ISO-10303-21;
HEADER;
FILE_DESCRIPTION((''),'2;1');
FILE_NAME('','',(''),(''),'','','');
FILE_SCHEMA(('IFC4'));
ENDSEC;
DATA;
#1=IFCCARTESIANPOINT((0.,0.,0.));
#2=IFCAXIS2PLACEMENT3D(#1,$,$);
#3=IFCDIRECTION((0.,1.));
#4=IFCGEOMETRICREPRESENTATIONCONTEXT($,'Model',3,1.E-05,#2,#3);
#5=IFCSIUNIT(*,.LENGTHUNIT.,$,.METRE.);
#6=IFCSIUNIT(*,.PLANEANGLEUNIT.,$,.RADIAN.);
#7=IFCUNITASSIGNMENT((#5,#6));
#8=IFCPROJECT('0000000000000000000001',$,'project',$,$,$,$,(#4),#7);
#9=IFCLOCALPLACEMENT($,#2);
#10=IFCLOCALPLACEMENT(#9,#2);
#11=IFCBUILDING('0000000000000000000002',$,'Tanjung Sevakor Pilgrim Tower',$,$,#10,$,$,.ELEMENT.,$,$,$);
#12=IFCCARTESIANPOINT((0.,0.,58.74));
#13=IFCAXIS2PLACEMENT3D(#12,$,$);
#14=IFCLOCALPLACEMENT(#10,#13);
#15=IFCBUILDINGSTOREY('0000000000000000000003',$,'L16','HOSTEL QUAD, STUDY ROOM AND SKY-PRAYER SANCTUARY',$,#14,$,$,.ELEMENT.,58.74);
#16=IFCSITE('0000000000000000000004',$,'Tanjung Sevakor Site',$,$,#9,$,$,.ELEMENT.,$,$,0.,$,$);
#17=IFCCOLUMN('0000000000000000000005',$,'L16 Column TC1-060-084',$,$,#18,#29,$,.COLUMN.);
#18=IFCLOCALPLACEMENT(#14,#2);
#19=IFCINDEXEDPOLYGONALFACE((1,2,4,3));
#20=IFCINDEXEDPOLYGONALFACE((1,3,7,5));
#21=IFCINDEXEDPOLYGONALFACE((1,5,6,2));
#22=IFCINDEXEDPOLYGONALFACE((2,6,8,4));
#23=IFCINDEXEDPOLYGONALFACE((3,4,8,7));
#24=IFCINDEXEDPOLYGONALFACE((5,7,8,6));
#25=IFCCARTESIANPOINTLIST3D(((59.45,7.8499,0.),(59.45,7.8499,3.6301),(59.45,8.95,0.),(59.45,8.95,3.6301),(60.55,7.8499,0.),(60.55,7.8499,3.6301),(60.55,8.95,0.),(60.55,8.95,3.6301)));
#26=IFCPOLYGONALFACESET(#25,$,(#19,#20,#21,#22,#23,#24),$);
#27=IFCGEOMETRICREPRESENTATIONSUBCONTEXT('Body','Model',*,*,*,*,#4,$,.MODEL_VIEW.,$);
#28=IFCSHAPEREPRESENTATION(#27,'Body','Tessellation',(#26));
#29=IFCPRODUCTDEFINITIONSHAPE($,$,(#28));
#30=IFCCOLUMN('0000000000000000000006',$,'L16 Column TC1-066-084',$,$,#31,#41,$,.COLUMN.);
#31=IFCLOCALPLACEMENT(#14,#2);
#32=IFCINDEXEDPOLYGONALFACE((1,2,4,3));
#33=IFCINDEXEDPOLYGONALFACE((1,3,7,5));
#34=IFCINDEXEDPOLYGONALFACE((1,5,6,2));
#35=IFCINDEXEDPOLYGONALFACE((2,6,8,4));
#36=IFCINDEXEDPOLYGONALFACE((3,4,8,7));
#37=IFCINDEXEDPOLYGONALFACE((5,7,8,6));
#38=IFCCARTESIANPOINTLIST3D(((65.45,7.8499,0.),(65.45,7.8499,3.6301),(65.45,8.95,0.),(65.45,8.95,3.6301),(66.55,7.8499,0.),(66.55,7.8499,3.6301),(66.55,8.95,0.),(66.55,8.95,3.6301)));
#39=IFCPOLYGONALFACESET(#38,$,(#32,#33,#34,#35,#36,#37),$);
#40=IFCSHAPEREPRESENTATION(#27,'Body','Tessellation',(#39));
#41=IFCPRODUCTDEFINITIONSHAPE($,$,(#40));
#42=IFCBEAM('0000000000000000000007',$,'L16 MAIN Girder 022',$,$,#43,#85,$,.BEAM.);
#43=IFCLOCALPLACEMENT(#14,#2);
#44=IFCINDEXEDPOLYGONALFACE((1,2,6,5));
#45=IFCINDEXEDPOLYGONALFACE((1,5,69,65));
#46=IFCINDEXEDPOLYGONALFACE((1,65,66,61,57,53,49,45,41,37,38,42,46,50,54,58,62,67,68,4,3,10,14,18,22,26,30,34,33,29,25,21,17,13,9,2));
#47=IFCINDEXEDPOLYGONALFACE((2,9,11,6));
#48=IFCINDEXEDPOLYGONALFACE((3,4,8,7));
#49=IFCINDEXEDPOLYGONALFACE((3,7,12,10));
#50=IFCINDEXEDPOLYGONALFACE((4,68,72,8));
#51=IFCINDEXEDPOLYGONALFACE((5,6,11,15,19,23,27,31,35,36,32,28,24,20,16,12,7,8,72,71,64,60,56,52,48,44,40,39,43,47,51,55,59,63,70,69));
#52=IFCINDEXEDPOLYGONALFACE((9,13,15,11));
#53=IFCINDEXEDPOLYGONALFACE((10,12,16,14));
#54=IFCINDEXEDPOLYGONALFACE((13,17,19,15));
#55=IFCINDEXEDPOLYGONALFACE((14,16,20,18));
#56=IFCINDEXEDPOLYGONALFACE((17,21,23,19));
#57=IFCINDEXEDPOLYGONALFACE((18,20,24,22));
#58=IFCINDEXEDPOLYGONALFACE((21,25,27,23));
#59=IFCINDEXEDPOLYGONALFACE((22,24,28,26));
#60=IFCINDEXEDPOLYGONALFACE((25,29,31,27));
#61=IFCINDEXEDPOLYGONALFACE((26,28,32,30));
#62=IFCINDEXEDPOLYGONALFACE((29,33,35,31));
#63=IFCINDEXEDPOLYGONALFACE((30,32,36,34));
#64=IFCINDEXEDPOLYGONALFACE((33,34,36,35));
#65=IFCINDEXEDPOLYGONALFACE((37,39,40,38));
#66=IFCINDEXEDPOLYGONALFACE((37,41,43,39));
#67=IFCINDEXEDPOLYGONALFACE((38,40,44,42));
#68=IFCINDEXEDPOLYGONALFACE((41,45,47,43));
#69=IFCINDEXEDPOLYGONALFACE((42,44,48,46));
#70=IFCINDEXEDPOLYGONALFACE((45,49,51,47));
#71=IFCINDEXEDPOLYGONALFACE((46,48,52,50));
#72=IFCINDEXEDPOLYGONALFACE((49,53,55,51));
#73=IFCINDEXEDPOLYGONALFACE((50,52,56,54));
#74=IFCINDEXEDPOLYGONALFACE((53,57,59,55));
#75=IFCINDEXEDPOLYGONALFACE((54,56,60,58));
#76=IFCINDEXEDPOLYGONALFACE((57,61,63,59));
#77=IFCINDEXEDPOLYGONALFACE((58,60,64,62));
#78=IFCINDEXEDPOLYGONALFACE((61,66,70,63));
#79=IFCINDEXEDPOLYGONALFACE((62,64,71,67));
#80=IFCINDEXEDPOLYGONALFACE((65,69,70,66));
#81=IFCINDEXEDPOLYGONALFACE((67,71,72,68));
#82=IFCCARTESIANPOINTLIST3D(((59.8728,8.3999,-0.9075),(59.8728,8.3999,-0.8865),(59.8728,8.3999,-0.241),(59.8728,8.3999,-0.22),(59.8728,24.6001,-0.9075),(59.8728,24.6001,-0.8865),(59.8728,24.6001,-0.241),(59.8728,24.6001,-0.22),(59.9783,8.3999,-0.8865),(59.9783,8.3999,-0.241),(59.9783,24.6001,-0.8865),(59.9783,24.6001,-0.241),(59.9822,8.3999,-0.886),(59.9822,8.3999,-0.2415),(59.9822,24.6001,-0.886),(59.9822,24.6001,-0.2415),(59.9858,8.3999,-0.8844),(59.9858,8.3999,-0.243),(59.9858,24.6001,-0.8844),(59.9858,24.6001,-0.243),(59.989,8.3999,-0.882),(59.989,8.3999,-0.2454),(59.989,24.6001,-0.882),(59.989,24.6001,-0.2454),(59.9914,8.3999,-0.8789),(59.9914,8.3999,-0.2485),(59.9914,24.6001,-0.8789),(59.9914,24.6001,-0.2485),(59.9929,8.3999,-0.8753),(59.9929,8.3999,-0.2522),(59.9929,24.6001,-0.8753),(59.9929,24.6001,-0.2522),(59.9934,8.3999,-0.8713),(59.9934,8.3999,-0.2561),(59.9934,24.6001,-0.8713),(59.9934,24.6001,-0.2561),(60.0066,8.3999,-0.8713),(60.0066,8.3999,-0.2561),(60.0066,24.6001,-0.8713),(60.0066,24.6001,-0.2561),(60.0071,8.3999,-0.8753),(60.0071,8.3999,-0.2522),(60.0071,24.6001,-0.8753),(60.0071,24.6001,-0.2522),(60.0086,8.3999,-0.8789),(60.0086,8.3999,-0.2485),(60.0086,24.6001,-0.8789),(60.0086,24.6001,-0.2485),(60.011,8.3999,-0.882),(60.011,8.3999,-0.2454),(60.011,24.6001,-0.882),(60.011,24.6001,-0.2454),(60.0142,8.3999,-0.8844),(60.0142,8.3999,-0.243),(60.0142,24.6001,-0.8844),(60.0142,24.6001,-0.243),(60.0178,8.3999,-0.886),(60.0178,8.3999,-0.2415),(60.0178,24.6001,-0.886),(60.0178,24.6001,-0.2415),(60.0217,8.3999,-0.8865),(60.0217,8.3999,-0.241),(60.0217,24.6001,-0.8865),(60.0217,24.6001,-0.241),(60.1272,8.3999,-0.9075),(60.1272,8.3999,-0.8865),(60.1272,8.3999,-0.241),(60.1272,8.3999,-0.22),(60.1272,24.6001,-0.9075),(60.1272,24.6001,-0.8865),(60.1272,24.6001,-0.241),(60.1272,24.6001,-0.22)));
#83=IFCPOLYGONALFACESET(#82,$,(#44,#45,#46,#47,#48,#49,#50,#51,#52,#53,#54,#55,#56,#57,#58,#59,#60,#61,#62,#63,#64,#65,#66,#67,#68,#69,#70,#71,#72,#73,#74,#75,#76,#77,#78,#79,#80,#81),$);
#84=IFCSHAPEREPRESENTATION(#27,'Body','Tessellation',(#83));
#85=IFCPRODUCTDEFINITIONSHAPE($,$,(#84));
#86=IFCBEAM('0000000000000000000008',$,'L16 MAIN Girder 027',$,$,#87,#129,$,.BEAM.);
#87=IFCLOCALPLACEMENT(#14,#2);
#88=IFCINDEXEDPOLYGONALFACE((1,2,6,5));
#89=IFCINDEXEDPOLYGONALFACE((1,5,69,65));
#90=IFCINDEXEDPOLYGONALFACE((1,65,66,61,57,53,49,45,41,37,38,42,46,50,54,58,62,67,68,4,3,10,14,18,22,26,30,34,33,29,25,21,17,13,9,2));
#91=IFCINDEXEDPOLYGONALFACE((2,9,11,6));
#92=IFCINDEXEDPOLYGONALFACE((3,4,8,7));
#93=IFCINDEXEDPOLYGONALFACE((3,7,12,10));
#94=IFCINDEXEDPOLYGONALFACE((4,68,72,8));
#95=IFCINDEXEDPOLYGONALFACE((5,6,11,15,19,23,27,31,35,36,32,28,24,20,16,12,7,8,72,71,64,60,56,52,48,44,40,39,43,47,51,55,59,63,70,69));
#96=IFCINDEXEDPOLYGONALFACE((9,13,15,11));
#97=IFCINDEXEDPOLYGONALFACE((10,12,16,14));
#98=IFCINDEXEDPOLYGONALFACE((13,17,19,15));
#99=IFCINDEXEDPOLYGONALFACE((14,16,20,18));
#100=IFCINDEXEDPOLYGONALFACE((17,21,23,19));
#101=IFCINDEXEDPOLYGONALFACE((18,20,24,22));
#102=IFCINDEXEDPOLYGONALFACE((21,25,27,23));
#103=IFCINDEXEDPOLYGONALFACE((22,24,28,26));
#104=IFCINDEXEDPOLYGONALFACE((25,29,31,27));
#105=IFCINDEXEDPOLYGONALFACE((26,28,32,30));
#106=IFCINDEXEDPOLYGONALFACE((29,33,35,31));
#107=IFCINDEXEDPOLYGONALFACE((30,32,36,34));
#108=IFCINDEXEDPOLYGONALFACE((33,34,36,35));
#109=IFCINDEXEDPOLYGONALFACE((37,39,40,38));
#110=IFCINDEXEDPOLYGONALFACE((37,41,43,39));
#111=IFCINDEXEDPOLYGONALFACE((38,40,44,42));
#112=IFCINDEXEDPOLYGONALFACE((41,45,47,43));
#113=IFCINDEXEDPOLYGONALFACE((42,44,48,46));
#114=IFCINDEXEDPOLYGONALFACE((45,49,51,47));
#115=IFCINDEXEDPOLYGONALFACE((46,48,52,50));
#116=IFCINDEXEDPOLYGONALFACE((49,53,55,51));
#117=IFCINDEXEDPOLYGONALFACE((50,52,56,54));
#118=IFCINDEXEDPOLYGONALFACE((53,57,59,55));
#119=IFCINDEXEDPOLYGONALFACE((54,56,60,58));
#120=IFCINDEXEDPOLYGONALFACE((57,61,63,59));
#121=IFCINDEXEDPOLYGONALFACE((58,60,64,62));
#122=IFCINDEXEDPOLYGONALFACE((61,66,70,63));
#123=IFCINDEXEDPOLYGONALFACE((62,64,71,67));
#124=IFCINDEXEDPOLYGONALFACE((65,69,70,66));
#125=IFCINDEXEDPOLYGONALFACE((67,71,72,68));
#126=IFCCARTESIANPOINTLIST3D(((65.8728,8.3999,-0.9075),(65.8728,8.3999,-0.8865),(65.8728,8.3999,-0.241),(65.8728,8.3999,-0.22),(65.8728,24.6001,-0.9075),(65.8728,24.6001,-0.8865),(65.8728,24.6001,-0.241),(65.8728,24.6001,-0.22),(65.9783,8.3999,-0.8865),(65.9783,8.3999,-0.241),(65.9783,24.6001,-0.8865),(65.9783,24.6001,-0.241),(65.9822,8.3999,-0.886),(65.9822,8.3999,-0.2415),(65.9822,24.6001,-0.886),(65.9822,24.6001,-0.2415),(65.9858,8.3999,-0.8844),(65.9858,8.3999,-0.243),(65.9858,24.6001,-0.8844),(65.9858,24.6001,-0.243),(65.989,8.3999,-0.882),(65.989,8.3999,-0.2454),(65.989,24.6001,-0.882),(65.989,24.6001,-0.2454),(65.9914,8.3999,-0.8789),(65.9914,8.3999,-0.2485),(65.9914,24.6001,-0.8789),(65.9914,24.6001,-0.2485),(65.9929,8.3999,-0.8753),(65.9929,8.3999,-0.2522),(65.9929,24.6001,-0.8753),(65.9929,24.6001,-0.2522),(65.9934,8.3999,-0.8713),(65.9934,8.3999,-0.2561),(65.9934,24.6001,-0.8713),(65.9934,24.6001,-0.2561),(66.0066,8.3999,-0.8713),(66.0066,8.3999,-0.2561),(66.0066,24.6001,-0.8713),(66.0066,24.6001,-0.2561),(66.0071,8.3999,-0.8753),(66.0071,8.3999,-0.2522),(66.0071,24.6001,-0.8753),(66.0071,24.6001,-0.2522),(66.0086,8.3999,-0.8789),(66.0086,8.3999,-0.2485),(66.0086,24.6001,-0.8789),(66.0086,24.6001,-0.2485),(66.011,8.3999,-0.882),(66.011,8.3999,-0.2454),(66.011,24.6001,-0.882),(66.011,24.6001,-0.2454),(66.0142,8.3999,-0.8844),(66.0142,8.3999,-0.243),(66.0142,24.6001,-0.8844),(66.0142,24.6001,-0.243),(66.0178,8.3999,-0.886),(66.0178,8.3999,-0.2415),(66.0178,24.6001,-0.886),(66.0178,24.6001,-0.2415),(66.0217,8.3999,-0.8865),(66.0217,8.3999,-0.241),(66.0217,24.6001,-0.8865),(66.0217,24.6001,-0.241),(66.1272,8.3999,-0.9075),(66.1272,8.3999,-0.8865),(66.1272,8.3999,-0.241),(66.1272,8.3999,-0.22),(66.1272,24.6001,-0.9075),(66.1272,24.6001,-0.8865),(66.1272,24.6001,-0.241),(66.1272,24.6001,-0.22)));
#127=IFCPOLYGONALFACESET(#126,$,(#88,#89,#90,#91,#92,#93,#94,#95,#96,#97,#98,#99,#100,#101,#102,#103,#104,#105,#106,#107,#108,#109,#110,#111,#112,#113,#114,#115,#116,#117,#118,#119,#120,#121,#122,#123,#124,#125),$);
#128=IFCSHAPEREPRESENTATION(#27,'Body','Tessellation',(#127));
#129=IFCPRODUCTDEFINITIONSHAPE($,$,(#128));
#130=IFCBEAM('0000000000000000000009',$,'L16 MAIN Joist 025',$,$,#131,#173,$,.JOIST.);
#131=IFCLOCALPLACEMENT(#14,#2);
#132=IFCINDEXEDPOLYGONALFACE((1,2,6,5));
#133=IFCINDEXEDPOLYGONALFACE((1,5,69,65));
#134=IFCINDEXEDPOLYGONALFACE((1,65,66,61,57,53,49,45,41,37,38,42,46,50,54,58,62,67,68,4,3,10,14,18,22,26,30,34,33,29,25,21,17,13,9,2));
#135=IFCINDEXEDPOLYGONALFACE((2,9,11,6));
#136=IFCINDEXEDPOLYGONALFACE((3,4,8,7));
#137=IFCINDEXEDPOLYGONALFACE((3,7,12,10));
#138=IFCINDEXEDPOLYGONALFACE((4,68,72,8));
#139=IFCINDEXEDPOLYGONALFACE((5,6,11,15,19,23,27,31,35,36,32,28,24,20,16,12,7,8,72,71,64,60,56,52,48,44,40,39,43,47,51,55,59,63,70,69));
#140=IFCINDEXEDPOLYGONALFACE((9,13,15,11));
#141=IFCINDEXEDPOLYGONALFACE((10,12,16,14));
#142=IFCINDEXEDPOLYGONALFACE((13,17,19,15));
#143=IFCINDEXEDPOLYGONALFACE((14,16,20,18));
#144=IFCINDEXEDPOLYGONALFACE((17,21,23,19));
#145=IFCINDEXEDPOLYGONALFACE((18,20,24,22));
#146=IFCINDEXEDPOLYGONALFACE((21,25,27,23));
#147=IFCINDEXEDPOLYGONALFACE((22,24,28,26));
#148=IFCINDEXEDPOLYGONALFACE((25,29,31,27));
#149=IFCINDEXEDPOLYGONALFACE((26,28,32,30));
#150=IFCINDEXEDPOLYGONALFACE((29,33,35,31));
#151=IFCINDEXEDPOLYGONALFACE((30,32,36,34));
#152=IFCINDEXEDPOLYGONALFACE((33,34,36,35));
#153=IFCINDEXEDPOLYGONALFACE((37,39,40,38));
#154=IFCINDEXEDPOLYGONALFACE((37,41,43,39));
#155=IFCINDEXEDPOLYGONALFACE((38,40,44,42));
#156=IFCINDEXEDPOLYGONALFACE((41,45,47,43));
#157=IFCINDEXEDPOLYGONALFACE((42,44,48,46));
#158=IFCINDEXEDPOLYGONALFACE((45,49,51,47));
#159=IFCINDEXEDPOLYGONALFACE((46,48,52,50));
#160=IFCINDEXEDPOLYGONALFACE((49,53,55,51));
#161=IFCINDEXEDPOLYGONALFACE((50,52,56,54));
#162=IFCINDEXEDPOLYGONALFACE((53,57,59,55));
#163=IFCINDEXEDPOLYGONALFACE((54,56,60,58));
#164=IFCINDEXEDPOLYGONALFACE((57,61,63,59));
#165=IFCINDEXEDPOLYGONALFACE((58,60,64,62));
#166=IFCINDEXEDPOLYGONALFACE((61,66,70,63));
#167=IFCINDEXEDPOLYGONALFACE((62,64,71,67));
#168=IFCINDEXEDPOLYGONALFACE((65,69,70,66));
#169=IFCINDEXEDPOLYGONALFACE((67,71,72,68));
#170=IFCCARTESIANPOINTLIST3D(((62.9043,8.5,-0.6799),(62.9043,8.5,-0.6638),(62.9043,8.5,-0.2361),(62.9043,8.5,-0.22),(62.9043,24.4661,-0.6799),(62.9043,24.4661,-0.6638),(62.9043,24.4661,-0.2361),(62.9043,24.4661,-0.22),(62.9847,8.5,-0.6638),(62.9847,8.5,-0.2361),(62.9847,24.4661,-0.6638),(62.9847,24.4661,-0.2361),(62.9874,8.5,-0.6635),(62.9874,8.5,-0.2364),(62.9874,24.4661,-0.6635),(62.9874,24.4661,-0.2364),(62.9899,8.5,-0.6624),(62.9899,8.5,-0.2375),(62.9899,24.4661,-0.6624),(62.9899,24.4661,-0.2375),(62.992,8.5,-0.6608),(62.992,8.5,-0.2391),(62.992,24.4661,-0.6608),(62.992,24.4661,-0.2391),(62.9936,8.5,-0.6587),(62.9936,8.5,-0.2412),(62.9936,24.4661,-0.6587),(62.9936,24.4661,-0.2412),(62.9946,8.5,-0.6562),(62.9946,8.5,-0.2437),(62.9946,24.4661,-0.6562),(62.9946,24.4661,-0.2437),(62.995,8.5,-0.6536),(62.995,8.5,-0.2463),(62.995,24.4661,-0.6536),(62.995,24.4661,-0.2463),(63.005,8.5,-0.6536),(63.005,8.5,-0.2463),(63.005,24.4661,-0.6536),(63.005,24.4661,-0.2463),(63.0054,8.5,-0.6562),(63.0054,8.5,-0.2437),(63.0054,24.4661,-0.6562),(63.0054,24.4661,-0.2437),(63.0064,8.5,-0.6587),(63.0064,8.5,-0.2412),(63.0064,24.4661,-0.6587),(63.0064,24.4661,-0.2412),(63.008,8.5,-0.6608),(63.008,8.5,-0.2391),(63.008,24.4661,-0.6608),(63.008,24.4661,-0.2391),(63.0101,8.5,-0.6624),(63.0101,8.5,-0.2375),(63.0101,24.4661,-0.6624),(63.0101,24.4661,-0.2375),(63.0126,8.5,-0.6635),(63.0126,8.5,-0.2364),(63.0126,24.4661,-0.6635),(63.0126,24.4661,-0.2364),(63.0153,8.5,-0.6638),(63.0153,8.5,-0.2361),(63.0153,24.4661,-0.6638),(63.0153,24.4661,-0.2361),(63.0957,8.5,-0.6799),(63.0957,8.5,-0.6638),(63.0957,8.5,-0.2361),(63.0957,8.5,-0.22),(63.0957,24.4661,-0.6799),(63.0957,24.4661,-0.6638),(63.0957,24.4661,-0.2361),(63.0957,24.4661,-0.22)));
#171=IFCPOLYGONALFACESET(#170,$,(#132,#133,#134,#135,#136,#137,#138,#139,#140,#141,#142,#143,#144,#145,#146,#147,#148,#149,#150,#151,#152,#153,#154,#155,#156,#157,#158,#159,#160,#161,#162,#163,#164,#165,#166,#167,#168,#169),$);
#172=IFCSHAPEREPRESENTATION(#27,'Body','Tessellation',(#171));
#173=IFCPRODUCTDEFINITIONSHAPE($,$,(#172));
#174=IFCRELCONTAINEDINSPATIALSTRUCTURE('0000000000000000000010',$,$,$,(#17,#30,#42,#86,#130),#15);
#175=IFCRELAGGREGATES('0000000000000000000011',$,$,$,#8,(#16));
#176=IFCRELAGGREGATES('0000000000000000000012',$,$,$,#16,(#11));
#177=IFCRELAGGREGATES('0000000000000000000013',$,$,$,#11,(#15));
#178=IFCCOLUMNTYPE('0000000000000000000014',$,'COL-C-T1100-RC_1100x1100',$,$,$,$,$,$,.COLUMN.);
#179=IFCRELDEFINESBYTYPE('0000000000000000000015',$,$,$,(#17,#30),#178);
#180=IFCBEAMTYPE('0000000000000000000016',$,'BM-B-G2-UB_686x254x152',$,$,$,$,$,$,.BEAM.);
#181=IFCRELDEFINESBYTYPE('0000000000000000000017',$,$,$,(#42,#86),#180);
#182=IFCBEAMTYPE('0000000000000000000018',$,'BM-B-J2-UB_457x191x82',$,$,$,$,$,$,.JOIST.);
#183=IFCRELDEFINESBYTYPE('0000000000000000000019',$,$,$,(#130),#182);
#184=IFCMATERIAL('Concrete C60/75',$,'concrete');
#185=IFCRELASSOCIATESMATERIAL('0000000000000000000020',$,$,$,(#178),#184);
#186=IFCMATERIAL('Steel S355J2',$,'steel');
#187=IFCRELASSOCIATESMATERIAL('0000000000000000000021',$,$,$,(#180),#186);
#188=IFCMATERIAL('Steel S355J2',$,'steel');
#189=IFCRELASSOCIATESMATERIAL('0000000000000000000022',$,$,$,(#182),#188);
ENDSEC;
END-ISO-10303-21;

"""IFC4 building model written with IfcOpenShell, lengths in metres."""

from ifc_helpers import new_model, si_unit, direction, frame, origin, origin_2d, place, context, subcontext, project, spatial, rectangle, i_section, extrude, material, material_profile, profile_set, type_object, element, save


model = new_model("IFC4")

# Units and contexts
model_context = context("Model", 3, precision=1e-05, world=origin(), true_north=direction((0.0, 1.0)))
body_context = subcontext(model_context, "Body", "Model", "MODEL_VIEW")
ifc_project = project(units=[si_unit("LENGTHUNIT", "METRE"), si_unit("PLANEANGLEUNIT", "RADIAN")], contexts=[model_context])

# Site, building, storey
site_placement = place(None, origin())
site = spatial("IfcSite", under=ifc_project, at=site_placement, Name="Tanjung Sevakor Site", CompositionType="ELEMENT", RefElevation=0.0)
building_placement = place(site_placement, origin())
building = spatial("IfcBuilding", under=site, at=building_placement, Name="Tanjung Sevakor Pilgrim Tower", CompositionType="ELEMENT")
storey_placement = place(building_placement, frame((0.0, 0.0, 58.74)))
storey = spatial("IfcBuildingStorey", under=building, at=storey_placement, Name="L16", Description="HOSTEL QUAD, STUDY ROOM AND SKY-PRAYER SANCTUARY", CompositionType="ELEMENT", Elevation=58.74)

# Columns
ifc_material_1 = material(Name="Concrete C60/75", Category="concrete")
ifc_material_profile_1 = material_profile(ifc_material_1, rectangle(XDim=1.1001, YDim=1.1001, at=origin_2d()))
ifc_profile_set_1 = profile_set([ifc_material_profile_1], Name="Concrete C60/75")
column_type = type_object("IfcColumnType", Name="COL-C-T1100-RC_1100x1100", PredefinedType="COLUMN", material=ifc_profile_set_1)
for number, where, z_axis, x_axis, name in (
    (1, (60.0, 8.3999, 0.0), (0.0, 0.0, 1.0), (1.0, 0.0, 0.0), "L16 Column TC1-060-084"),
    (2, (66.0, 8.3999, 0.0), (0.0, 0.0, 1.0), (1.0, 0.0, 0.0), "L16 Column TC1-066-084"),
):
    element("IfcColumn", number, at=place(storey_placement, frame(where, z_axis=z_axis, x_axis=x_axis)), inside=storey, type_object=column_type, Name=name, PredefinedType="COLUMN", context=body_context, shape_type="SweptSolid", body=[
        extrude(rectangle(XDim=1.1001, YDim=1.1001, at=origin_2d()), origin(), (0.0, 0.0, 1.0), 3.6301),
    ])

# Beams
ifc_material_2 = material(Name="Steel S355J2", Category="steel")
ifc_material_profile_2 = material_profile(ifc_material_2, i_section(OverallWidth=0.2544, OverallDepth=0.6875, WebThickness=0.0132, FlangeThickness=0.021, FilletRadius=0.0151, at=origin_2d()))
ifc_profile_set_2 = profile_set([ifc_material_profile_2], Name="Steel S355J2")
beam_type_1 = type_object("IfcBeamType", Name="BM-B-G2-UB_686x254x152", PredefinedType="BEAM", material=ifc_profile_set_2)
for number, where, z_axis, x_axis, name in (
    (3, (60.0, 8.3999, -0.5637), (0.0, 1.0, 0.0), (-1.0, 0.0, 0.0), "L16 MAIN Girder 022"),
    (4, (66.0, 8.3999, -0.5637), (0.0, 1.0, 0.0), (-1.0, 0.0, 0.0), "L16 MAIN Girder 027"),
):
    element("IfcBeam", number, at=place(storey_placement, frame(where, z_axis=z_axis, x_axis=x_axis)), inside=storey, type_object=beam_type_1, Name=name, PredefinedType="BEAM", context=body_context, shape_type="SweptSolid", body=[
        extrude(i_section(OverallWidth=0.2544, OverallDepth=0.6875, WebThickness=0.0132, FlangeThickness=0.021, FilletRadius=0.0151, at=origin_2d()), origin(), (0.0, 0.0, 1.0), 16.2002),
    ])
ifc_material_3 = material(Name="Steel S355J2", Category="steel")
ifc_material_profile_3 = material_profile(ifc_material_3, i_section(OverallWidth=0.1914, OverallDepth=0.46, WebThickness=0.01, FlangeThickness=0.0161, FilletRadius=0.0103, at=origin_2d()))
ifc_profile_set_3 = profile_set([ifc_material_profile_3], Name="Steel S355J2")
beam_type_2 = type_object("IfcBeamType", Name="BM-B-J2-UB_457x191x82", PredefinedType="JOIST", material=ifc_profile_set_3)
for number, where, z_axis, x_axis, name in (
    (5, (63.0, 8.5, -0.45), (0.0, 1.0, 0.0), (-1.0, 0.0, 0.0), "L16 MAIN Joist 025"),
):
    element("IfcBeam", number, at=place(storey_placement, frame(where, z_axis=z_axis, x_axis=x_axis)), inside=storey, type_object=beam_type_2, Name=name, PredefinedType="JOIST", context=body_context, shape_type="SweptSolid", body=[
        extrude(i_section(OverallWidth=0.1914, OverallDepth=0.46, WebThickness=0.01, FlangeThickness=0.0161, FilletRadius=0.0103, at=origin_2d()), origin(), (0.0, 0.0, 1.0), 15.9661),
    ])

save(model, "model.ifc")
